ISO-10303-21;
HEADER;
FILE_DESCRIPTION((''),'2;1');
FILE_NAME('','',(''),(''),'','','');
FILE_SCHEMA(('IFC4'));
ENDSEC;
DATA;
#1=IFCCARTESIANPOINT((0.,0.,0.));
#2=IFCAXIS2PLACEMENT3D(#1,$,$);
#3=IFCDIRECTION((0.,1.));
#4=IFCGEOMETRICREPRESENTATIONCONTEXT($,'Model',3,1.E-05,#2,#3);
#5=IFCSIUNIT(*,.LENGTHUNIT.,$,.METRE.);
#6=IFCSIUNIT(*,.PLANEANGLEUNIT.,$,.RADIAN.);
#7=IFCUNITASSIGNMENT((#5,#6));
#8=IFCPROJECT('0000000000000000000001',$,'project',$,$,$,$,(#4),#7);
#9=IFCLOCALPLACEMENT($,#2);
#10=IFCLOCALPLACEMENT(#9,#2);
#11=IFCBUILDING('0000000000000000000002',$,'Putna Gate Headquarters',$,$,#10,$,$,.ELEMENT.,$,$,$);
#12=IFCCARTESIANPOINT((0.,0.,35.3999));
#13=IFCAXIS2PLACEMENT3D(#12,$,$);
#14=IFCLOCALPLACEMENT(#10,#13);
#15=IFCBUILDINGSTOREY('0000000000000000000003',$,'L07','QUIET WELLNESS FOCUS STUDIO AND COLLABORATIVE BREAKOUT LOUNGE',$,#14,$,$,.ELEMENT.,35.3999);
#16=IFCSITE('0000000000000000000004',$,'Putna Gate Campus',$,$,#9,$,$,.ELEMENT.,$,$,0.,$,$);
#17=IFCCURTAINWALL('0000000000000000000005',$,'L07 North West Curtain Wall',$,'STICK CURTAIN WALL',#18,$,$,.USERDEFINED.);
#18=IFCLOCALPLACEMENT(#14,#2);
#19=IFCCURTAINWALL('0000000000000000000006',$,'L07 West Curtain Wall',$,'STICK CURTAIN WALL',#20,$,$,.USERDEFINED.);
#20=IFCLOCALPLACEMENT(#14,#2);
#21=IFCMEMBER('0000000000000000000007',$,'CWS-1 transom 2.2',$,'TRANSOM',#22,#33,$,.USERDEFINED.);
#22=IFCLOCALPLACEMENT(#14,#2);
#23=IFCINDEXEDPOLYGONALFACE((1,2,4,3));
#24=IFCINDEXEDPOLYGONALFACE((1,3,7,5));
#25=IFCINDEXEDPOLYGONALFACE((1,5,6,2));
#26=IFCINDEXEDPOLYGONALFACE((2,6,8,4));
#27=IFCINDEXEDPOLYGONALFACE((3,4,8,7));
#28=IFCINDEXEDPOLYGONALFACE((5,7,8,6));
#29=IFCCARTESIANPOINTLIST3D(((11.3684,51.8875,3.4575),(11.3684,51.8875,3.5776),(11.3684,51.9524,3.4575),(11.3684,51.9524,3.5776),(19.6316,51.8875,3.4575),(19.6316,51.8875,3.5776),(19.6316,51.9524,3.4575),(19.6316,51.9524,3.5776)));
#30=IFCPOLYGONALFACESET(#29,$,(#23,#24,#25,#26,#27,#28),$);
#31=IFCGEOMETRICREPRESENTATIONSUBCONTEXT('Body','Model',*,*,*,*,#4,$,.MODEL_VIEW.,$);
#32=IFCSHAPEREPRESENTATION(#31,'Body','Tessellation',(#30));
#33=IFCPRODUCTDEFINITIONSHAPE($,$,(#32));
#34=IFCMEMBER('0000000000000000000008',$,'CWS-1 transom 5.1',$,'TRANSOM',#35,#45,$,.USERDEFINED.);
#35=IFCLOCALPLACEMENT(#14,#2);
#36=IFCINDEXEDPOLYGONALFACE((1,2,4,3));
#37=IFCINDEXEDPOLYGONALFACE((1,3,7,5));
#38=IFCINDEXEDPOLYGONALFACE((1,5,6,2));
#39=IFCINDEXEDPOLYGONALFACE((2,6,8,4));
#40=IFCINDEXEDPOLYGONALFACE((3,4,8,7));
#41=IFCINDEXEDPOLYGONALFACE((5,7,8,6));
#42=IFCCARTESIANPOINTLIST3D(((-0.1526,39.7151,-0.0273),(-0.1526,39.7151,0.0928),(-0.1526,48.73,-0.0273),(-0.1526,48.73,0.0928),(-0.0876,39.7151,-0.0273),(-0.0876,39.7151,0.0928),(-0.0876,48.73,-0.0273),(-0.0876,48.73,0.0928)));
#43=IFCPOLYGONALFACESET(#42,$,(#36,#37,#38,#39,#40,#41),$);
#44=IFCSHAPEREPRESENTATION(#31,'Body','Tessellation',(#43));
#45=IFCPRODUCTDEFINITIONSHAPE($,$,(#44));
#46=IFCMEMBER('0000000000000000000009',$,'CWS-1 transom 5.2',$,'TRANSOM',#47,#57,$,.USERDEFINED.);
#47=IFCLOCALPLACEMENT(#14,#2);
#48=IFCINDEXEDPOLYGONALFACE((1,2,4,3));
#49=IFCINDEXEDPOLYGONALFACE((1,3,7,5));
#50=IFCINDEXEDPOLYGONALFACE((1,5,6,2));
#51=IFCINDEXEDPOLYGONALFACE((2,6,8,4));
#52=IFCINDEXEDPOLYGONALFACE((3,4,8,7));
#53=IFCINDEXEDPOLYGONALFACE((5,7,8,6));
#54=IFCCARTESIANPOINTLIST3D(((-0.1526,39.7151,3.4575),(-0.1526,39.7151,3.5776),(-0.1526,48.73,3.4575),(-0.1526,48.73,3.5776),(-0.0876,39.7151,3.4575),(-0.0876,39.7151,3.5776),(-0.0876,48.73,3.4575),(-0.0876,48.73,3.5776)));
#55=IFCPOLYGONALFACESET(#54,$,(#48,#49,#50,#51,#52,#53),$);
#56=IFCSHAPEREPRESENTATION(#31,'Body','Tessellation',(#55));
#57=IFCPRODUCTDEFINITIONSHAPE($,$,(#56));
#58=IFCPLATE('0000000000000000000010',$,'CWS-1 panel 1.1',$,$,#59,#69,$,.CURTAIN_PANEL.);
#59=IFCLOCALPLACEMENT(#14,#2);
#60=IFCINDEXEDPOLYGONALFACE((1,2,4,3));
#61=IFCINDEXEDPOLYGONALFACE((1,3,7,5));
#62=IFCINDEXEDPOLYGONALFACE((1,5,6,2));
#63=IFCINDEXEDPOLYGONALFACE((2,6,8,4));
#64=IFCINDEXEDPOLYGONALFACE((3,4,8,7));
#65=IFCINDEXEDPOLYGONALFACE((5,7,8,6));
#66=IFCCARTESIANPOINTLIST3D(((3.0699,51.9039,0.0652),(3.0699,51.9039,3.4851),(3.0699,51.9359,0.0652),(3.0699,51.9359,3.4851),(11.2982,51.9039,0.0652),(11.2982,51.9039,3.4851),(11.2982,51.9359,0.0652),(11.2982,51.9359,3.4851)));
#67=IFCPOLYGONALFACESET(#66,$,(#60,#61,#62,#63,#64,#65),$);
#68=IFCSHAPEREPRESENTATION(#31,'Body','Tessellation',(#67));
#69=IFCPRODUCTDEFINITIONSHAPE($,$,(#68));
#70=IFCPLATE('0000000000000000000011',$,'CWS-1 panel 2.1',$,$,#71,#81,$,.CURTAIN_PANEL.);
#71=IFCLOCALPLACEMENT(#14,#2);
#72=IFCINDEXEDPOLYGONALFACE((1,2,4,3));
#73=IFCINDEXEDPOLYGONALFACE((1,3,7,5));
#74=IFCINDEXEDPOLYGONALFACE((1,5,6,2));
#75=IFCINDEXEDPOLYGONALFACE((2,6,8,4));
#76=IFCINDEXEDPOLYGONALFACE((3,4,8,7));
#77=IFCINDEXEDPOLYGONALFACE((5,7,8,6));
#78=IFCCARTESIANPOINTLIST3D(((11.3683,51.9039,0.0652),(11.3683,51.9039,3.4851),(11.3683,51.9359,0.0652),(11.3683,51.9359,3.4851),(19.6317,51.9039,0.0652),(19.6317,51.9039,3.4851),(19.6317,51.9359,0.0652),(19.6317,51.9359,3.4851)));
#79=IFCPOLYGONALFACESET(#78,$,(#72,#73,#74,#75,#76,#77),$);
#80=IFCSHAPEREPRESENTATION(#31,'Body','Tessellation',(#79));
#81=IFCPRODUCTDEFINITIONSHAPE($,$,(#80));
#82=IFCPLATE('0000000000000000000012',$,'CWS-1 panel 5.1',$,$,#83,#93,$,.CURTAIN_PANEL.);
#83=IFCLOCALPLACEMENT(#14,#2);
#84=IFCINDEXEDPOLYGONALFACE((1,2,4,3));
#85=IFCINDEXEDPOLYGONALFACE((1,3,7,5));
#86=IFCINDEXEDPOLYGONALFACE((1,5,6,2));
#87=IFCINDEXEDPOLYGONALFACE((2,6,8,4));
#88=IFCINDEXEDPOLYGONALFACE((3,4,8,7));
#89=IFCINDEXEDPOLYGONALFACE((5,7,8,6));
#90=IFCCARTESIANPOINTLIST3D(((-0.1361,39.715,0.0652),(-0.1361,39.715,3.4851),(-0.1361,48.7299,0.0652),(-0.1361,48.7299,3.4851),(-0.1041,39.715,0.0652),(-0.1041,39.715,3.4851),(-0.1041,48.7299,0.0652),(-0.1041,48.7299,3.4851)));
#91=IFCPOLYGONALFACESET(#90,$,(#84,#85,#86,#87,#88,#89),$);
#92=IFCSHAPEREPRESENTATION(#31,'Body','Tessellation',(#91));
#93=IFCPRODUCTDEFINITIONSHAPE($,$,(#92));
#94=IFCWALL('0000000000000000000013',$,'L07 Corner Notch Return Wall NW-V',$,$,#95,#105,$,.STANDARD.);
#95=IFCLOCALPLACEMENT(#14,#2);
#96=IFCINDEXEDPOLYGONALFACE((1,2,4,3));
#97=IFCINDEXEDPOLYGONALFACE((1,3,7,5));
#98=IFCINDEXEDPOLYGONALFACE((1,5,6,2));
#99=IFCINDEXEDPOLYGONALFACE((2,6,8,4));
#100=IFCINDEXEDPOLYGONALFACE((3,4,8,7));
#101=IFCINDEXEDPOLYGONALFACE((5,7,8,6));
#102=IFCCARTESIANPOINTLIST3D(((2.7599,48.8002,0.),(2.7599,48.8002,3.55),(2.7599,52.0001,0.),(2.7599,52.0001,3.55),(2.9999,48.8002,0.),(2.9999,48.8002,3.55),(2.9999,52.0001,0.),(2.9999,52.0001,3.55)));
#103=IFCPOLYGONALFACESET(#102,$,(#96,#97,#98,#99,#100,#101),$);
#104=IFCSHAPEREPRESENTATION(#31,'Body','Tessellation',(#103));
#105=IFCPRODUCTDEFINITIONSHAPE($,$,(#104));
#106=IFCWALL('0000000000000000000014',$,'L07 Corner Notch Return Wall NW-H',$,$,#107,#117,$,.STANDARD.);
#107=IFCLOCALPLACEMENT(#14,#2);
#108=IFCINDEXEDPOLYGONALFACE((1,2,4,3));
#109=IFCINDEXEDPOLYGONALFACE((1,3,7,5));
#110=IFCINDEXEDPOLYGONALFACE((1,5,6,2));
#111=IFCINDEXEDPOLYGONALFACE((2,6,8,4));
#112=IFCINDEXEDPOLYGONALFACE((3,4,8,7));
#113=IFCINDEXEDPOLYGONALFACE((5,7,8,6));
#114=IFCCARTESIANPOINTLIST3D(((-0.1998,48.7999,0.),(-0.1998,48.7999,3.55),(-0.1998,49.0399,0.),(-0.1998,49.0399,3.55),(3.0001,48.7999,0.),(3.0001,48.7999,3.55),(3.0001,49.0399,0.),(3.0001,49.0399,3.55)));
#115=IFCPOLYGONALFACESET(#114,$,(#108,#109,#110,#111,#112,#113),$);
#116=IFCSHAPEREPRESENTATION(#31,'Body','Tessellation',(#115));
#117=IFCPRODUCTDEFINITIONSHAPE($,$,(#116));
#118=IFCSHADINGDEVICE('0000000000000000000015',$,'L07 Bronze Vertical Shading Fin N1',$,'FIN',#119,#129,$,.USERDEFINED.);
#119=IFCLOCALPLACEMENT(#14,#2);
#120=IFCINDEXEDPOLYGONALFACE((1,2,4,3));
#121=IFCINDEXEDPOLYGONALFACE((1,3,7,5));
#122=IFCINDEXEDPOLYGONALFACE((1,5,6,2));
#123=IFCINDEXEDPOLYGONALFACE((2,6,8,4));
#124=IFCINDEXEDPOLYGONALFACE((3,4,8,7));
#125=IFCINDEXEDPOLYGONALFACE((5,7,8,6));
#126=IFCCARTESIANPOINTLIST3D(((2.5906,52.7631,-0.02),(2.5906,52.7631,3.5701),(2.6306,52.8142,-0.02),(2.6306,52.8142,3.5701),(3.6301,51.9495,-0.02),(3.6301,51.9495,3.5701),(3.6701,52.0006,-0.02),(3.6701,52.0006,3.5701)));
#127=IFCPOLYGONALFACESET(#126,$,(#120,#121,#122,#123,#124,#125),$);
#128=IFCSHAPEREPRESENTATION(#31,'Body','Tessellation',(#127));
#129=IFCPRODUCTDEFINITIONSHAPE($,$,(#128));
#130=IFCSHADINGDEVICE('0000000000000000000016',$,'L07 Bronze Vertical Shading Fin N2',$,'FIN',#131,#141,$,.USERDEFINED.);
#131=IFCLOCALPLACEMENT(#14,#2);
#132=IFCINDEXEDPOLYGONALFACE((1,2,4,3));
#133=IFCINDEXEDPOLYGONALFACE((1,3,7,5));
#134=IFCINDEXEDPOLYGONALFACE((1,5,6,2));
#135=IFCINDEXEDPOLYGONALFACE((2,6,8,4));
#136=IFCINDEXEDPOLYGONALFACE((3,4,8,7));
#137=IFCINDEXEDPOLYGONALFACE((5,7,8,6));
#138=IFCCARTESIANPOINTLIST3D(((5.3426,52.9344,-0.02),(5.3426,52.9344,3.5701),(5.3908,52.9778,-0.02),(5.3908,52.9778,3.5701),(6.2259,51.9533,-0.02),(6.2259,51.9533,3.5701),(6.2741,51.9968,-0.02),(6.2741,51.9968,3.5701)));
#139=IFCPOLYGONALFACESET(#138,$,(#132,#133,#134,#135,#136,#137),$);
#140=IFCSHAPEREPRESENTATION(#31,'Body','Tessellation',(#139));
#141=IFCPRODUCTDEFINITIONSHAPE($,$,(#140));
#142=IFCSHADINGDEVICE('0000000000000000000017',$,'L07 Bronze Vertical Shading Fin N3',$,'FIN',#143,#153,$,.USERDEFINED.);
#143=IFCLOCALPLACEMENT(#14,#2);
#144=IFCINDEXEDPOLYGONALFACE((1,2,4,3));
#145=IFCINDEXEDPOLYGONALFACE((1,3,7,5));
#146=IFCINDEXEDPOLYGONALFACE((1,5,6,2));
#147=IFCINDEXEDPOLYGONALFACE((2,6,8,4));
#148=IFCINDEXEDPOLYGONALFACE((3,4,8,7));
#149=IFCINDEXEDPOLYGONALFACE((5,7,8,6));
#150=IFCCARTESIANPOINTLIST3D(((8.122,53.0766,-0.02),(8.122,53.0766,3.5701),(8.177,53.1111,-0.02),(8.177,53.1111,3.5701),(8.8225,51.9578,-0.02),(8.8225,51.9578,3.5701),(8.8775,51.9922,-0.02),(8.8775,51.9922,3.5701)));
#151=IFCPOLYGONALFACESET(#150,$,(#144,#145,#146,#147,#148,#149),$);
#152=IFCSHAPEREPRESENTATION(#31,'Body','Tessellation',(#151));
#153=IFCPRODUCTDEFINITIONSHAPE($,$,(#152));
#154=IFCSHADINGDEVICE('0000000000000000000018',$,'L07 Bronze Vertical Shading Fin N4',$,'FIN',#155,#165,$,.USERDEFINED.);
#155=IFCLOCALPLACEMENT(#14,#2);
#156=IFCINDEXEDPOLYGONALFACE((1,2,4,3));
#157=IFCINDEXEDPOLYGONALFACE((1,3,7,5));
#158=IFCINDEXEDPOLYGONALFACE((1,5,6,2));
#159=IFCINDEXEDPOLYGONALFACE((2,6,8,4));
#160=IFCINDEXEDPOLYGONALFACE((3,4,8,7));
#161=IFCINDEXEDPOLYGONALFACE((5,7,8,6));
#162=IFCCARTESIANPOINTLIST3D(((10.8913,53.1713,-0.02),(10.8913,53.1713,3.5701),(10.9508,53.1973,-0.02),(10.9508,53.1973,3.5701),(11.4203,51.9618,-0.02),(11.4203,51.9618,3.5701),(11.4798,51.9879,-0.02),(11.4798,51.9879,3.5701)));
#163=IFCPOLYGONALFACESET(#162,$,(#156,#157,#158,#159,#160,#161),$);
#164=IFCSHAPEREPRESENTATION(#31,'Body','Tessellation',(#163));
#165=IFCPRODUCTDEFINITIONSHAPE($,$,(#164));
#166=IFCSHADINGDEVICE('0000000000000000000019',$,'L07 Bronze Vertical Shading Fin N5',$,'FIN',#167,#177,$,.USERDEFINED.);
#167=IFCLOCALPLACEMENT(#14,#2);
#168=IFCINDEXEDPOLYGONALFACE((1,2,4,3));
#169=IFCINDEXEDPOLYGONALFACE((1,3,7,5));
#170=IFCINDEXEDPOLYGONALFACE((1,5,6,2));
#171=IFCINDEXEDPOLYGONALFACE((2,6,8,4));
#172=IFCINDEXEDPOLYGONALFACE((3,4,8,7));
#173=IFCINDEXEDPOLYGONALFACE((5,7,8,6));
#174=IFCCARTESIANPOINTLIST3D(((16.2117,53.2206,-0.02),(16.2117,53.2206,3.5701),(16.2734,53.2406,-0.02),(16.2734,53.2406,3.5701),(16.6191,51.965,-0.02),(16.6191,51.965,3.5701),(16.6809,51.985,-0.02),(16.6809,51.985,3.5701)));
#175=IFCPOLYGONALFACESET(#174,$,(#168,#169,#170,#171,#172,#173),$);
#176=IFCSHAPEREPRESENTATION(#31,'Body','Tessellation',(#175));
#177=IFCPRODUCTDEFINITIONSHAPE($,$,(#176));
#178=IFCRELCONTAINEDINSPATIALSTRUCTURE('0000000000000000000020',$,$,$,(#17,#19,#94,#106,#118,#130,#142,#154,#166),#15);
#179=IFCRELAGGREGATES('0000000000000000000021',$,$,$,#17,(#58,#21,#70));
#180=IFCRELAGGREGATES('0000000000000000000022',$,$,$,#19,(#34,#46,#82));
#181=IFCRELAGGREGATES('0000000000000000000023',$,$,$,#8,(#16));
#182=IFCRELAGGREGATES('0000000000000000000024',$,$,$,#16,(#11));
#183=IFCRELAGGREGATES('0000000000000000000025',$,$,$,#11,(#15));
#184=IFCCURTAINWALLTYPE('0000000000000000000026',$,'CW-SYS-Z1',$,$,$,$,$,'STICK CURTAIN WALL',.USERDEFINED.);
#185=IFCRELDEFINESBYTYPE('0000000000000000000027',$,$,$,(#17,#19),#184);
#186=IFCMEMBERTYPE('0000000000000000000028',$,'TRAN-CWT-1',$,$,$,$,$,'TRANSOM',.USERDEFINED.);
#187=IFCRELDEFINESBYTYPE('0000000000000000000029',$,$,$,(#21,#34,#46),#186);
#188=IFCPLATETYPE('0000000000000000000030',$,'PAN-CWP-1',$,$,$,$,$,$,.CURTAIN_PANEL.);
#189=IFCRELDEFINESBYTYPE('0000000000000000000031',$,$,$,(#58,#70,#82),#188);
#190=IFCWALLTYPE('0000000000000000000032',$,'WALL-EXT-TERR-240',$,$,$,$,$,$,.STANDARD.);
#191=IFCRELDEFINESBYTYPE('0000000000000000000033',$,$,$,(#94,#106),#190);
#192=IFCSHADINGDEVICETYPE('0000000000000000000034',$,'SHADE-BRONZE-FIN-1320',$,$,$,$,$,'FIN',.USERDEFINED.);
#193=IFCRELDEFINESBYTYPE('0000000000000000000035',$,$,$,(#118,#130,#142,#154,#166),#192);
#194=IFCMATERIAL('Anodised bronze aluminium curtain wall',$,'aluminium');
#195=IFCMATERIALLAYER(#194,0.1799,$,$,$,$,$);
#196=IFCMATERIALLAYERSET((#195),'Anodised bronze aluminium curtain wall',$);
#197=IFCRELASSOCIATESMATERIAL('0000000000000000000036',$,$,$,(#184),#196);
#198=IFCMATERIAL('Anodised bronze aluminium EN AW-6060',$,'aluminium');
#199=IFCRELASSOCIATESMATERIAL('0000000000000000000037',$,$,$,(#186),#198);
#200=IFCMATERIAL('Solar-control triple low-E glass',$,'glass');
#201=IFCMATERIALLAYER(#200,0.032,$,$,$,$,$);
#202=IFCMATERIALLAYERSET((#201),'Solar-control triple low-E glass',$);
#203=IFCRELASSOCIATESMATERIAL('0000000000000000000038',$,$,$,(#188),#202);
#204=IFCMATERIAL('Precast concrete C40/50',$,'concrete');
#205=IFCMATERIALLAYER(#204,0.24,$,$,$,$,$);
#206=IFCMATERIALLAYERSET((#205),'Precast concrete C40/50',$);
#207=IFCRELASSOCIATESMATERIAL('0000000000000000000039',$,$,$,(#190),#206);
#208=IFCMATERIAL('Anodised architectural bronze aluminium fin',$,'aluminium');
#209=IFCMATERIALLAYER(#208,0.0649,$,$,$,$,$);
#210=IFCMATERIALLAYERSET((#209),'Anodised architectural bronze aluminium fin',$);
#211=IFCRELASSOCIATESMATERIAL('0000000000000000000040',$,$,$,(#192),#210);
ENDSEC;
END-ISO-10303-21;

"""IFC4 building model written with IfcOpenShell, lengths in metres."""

from ifc_helpers import new_model, si_unit, direction, frame, frame_2d, origin, origin_2d, place, context, subcontext, project, spatial, rectangle, extrude, material, layer, layer_set, material_profile, profile_set, type_object, element, aggregate, save


model = new_model("IFC4")

# Units and contexts
model_context = context("Model", 3, precision=1e-05, world=origin(), true_north=direction((0.0, 1.0)))
body_context = subcontext(model_context, "Body", "Model", "MODEL_VIEW")
ifc_project = project(units=[si_unit("LENGTHUNIT", "METRE"), si_unit("PLANEANGLEUNIT", "RADIAN")], contexts=[model_context])

# Site, building, storey
site_placement = place(None, origin())
site = spatial("IfcSite", under=ifc_project, at=site_placement, Name="Putna Gate Campus", CompositionType="ELEMENT", RefElevation=0.0)
building_placement = place(site_placement, origin())
building = spatial("IfcBuilding", under=site, at=building_placement, Name="Putna Gate Headquarters", CompositionType="ELEMENT")
storey_placement = place(building_placement, frame((0.0, 0.0, 35.3999)))
storey = spatial("IfcBuildingStorey", under=building, at=storey_placement, Name="L07", Description="QUIET WELLNESS FOCUS STUDIO AND COLLABORATIVE BREAKOUT LOUNGE", CompositionType="ELEMENT", Elevation=35.3999)

# Curtain wall
ifc_material_1 = material(Name="Anodised bronze aluminium curtain wall", Category="aluminium")
ifc_layer_1 = layer(ifc_material_1, 0.1799)
ifc_layer_set_1 = layer_set([ifc_layer_1], Name="Anodised bronze aluminium curtain wall")
curtain_wall_type = type_object("IfcCurtainWallType", Name="CW-SYS-Z1", ElementType="STICK CURTAIN WALL", PredefinedType="USERDEFINED", material=ifc_layer_set_1)
curtain_wall_1_placement = place(storey_placement, origin())
curtain_wall_1 = element("IfcCurtainWall", 1, at=curtain_wall_1_placement, inside=storey, type_object=curtain_wall_type, Name="L07 North West Curtain Wall", ObjectType="STICK CURTAIN WALL", PredefinedType="USERDEFINED")
ifc_material_2 = material(Name="Anodised bronze aluminium EN AW-6060", Category="aluminium")

# Curtain wall
curtain_wall_2_placement = place(storey_placement, origin())
curtain_wall_2 = element("IfcCurtainWall", 2, at=curtain_wall_2_placement, inside=storey, type_object=curtain_wall_type, Name="L07 West Curtain Wall", ObjectType="STICK CURTAIN WALL", PredefinedType="USERDEFINED")

# Members
ifc_material_profile_1 = material_profile(ifc_material_2, rectangle(XDim=0.0649, YDim=0.1201, at=origin_2d()), Name="Anodised bronze aluminium EN AW-6060")
ifc_profile_set_1 = profile_set([ifc_material_profile_1], Name="Anodised bronze aluminium EN AW-6060")
member_type_1 = type_object("IfcMemberType", Name="TRAN-CWT-1", ElementType="TRANSOM", PredefinedType="USERDEFINED", material=ifc_profile_set_1)
member_1_placement = place(storey_placement, frame((11.3684, 51.9199, 3.5176), z_axis=(1.0, 0.0, 0.0), x_axis=(0.0, 1.0, 0.0)))
member_1 = element("IfcMember", 3, at=member_1_placement, type_object=member_type_1, Name="CWS-1 transom 2.2", ObjectType="TRANSOM", PredefinedType="USERDEFINED", context=body_context, shape_type="SweptSolid", body=[
    extrude(rectangle(XDim=0.0649, YDim=0.1201, at=origin_2d()), origin(), (0.0, 0.0, 1.0), 8.2632),
])
member_2_placement = place(storey_placement, frame((-0.1201, 39.7151, 0.0327), z_axis=(0.0, 1.0, 0.0), x_axis=(-1.0, 0.0, 0.0)))
member_2 = element("IfcMember", 4, at=member_2_placement, type_object=member_type_1, Name="CWS-1 transom 5.1", ObjectType="TRANSOM", PredefinedType="USERDEFINED", context=body_context, shape_type="SweptSolid", body=[
    extrude(rectangle(XDim=0.0649, YDim=0.1201, at=origin_2d()), origin(), (0.0, 0.0, 1.0), 9.0149),
])
member_3_placement = place(storey_placement, frame((-0.1201, 39.7151, 3.5176), z_axis=(0.0, 1.0, 0.0), x_axis=(-1.0, 0.0, 0.0)))
member_3 = element("IfcMember", 5, at=member_3_placement, type_object=member_type_1, Name="CWS-1 transom 5.2", ObjectType="TRANSOM", PredefinedType="USERDEFINED", context=body_context, shape_type="SweptSolid", body=[
    extrude(rectangle(XDim=0.0649, YDim=0.1201, at=origin_2d()), origin(), (0.0, 0.0, 1.0), 9.0149),
])

# Plates
ifc_material_3 = material(Name="Solar-control triple low-E glass", Category="glass")
ifc_layer_2 = layer(ifc_material_3, 0.032)
ifc_layer_set_2 = layer_set([ifc_layer_2], Name="Solar-control triple low-E glass")
plate_type = type_object("IfcPlateType", Name="PAN-CWP-1", PredefinedType="CURTAIN_PANEL", material=ifc_layer_set_2)
plate_1_placement = place(storey_placement, frame((7.1841, 51.9199, 0.0652), z_axis=(0.0, 0.0, 1.0), x_axis=(1.0, 0.0, 0.0)))
plate_1 = element("IfcPlate", 6, at=plate_1_placement, type_object=plate_type, Name="CWS-1 panel 1.1", PredefinedType="CURTAIN_PANEL", context=body_context, shape_type="SweptSolid", body=[
    extrude(rectangle(XDim=8.2283, YDim=0.032, at=origin_2d()), origin(), (0.0, 0.0, 1.0), 3.4199),
])
plate_2_placement = place(storey_placement, frame((15.5, 51.9199, 0.0652), z_axis=(0.0, 0.0, 1.0), x_axis=(1.0, 0.0, 0.0)))
plate_2 = element("IfcPlate", 7, at=plate_2_placement, type_object=plate_type, Name="CWS-1 panel 2.1", PredefinedType="CURTAIN_PANEL", context=body_context, shape_type="SweptSolid", body=[
    extrude(rectangle(XDim=8.2634, YDim=0.032, at=origin_2d()), origin(), (0.0, 0.0, 1.0), 3.4199),
])
aggregate(curtain_wall_1, [plate_1, member_1, plate_2])
plate_3_placement = place(storey_placement, frame((-0.1201, 44.2224, 0.0652), z_axis=(0.0, 0.0, 1.0), x_axis=(0.0, 1.0, 0.0)))
plate_3 = element("IfcPlate", 8, at=plate_3_placement, type_object=plate_type, Name="CWS-1 panel 5.1", PredefinedType="CURTAIN_PANEL", context=body_context, shape_type="SweptSolid", body=[
    extrude(rectangle(XDim=9.0149, YDim=0.032, at=origin_2d()), origin(), (0.0, 0.0, 1.0), 3.4199),
])
aggregate(curtain_wall_2, [member_2, member_3, plate_3])

# Walls
ifc_material_4 = material(Name="Precast concrete C40/50", Category="concrete")
ifc_layer_3 = layer(ifc_material_4, 0.24)
ifc_layer_set_3 = layer_set([ifc_layer_3], Name="Precast concrete C40/50")
wall_type = type_object("IfcWallType", Name="WALL-EXT-TERR-240", PredefinedType="STANDARD", material=ifc_layer_set_3)
for number, where, z_axis, x_axis, name in (
    (9, (2.8799, 48.8, 0.0), (0.0, 0.0, 1.0), (0.0, 1.0, 0.0), "L07 Corner Notch Return Wall NW-V"),
    (10, (-0.2, 48.9199, 0.0), (0.0, 0.0, 1.0), (1.0, 0.0, 0.0), "L07 Corner Notch Return Wall NW-H"),
):
    element("IfcWall", number, at=place(storey_placement, frame(where, z_axis=z_axis, x_axis=x_axis)), inside=storey, type_object=wall_type, Name=name, PredefinedType="STANDARD", context=body_context, shape_type="SweptSolid", body=[
        extrude(rectangle(XDim=3.2, YDim=0.24, at=frame_2d((1.6001, 0.0))), origin(), (0.0, 0.0, 1.0), 3.55),
    ])

# Shading devices
ifc_material_5 = material(Name="Anodised architectural bronze aluminium fin", Category="aluminium")
ifc_layer_4 = layer(ifc_material_5, 0.0649)
ifc_layer_set_4 = layer_set([ifc_layer_4], Name="Anodised architectural bronze aluminium fin")
shading_device_type = type_object("IfcShadingDeviceType", Name="SHADE-BRONZE-FIN-1320", ElementType="FIN", PredefinedType="USERDEFINED", material=ifc_layer_set_4)
for number, where, z_axis, x_axis, name in (
    (11, (3.1304, 52.3818, -0.02), (0.0, 0.0, 1.0), (-0.787473, 0.616349, 0.0), "L07 Bronze Vertical Shading Fin N1"),
    (12, (5.8083, 52.4656, -0.02), (0.0, 0.0, 1.0), (-0.669131, 0.743145, 0.0), "L07 Bronze Vertical Shading Fin N2"),
    (13, (8.4998, 52.5344, -0.02), (0.0, 0.0, 1.0), (-0.530659, 0.847585, 0.0), "L07 Bronze Vertical Shading Fin N3"),
    (14, (11.1855, 52.5796, -0.02), (0.0, 0.0, 1.0), (-0.400669, 0.916223, 0.0), "L07 Bronze Vertical Shading Fin N4"),
    (15, (16.4463, 52.6028, -0.02), (0.0, 0.0, 1.0), (-0.308685, 0.951164, 0.0), "L07 Bronze Vertical Shading Fin N5"),
):
    element("IfcShadingDevice", number, at=place(storey_placement, frame(where, z_axis=z_axis, x_axis=x_axis)), inside=storey, type_object=shading_device_type, Name=name, ObjectType="FIN", PredefinedType="USERDEFINED", context=body_context, shape_type="SweptSolid", body=[
        extrude(rectangle(XDim=1.3201, YDim=0.0649, at=origin_2d()), origin(), (0.0, 0.0, 1.0), 3.5901),
    ])

save(model, "model.ifc")
